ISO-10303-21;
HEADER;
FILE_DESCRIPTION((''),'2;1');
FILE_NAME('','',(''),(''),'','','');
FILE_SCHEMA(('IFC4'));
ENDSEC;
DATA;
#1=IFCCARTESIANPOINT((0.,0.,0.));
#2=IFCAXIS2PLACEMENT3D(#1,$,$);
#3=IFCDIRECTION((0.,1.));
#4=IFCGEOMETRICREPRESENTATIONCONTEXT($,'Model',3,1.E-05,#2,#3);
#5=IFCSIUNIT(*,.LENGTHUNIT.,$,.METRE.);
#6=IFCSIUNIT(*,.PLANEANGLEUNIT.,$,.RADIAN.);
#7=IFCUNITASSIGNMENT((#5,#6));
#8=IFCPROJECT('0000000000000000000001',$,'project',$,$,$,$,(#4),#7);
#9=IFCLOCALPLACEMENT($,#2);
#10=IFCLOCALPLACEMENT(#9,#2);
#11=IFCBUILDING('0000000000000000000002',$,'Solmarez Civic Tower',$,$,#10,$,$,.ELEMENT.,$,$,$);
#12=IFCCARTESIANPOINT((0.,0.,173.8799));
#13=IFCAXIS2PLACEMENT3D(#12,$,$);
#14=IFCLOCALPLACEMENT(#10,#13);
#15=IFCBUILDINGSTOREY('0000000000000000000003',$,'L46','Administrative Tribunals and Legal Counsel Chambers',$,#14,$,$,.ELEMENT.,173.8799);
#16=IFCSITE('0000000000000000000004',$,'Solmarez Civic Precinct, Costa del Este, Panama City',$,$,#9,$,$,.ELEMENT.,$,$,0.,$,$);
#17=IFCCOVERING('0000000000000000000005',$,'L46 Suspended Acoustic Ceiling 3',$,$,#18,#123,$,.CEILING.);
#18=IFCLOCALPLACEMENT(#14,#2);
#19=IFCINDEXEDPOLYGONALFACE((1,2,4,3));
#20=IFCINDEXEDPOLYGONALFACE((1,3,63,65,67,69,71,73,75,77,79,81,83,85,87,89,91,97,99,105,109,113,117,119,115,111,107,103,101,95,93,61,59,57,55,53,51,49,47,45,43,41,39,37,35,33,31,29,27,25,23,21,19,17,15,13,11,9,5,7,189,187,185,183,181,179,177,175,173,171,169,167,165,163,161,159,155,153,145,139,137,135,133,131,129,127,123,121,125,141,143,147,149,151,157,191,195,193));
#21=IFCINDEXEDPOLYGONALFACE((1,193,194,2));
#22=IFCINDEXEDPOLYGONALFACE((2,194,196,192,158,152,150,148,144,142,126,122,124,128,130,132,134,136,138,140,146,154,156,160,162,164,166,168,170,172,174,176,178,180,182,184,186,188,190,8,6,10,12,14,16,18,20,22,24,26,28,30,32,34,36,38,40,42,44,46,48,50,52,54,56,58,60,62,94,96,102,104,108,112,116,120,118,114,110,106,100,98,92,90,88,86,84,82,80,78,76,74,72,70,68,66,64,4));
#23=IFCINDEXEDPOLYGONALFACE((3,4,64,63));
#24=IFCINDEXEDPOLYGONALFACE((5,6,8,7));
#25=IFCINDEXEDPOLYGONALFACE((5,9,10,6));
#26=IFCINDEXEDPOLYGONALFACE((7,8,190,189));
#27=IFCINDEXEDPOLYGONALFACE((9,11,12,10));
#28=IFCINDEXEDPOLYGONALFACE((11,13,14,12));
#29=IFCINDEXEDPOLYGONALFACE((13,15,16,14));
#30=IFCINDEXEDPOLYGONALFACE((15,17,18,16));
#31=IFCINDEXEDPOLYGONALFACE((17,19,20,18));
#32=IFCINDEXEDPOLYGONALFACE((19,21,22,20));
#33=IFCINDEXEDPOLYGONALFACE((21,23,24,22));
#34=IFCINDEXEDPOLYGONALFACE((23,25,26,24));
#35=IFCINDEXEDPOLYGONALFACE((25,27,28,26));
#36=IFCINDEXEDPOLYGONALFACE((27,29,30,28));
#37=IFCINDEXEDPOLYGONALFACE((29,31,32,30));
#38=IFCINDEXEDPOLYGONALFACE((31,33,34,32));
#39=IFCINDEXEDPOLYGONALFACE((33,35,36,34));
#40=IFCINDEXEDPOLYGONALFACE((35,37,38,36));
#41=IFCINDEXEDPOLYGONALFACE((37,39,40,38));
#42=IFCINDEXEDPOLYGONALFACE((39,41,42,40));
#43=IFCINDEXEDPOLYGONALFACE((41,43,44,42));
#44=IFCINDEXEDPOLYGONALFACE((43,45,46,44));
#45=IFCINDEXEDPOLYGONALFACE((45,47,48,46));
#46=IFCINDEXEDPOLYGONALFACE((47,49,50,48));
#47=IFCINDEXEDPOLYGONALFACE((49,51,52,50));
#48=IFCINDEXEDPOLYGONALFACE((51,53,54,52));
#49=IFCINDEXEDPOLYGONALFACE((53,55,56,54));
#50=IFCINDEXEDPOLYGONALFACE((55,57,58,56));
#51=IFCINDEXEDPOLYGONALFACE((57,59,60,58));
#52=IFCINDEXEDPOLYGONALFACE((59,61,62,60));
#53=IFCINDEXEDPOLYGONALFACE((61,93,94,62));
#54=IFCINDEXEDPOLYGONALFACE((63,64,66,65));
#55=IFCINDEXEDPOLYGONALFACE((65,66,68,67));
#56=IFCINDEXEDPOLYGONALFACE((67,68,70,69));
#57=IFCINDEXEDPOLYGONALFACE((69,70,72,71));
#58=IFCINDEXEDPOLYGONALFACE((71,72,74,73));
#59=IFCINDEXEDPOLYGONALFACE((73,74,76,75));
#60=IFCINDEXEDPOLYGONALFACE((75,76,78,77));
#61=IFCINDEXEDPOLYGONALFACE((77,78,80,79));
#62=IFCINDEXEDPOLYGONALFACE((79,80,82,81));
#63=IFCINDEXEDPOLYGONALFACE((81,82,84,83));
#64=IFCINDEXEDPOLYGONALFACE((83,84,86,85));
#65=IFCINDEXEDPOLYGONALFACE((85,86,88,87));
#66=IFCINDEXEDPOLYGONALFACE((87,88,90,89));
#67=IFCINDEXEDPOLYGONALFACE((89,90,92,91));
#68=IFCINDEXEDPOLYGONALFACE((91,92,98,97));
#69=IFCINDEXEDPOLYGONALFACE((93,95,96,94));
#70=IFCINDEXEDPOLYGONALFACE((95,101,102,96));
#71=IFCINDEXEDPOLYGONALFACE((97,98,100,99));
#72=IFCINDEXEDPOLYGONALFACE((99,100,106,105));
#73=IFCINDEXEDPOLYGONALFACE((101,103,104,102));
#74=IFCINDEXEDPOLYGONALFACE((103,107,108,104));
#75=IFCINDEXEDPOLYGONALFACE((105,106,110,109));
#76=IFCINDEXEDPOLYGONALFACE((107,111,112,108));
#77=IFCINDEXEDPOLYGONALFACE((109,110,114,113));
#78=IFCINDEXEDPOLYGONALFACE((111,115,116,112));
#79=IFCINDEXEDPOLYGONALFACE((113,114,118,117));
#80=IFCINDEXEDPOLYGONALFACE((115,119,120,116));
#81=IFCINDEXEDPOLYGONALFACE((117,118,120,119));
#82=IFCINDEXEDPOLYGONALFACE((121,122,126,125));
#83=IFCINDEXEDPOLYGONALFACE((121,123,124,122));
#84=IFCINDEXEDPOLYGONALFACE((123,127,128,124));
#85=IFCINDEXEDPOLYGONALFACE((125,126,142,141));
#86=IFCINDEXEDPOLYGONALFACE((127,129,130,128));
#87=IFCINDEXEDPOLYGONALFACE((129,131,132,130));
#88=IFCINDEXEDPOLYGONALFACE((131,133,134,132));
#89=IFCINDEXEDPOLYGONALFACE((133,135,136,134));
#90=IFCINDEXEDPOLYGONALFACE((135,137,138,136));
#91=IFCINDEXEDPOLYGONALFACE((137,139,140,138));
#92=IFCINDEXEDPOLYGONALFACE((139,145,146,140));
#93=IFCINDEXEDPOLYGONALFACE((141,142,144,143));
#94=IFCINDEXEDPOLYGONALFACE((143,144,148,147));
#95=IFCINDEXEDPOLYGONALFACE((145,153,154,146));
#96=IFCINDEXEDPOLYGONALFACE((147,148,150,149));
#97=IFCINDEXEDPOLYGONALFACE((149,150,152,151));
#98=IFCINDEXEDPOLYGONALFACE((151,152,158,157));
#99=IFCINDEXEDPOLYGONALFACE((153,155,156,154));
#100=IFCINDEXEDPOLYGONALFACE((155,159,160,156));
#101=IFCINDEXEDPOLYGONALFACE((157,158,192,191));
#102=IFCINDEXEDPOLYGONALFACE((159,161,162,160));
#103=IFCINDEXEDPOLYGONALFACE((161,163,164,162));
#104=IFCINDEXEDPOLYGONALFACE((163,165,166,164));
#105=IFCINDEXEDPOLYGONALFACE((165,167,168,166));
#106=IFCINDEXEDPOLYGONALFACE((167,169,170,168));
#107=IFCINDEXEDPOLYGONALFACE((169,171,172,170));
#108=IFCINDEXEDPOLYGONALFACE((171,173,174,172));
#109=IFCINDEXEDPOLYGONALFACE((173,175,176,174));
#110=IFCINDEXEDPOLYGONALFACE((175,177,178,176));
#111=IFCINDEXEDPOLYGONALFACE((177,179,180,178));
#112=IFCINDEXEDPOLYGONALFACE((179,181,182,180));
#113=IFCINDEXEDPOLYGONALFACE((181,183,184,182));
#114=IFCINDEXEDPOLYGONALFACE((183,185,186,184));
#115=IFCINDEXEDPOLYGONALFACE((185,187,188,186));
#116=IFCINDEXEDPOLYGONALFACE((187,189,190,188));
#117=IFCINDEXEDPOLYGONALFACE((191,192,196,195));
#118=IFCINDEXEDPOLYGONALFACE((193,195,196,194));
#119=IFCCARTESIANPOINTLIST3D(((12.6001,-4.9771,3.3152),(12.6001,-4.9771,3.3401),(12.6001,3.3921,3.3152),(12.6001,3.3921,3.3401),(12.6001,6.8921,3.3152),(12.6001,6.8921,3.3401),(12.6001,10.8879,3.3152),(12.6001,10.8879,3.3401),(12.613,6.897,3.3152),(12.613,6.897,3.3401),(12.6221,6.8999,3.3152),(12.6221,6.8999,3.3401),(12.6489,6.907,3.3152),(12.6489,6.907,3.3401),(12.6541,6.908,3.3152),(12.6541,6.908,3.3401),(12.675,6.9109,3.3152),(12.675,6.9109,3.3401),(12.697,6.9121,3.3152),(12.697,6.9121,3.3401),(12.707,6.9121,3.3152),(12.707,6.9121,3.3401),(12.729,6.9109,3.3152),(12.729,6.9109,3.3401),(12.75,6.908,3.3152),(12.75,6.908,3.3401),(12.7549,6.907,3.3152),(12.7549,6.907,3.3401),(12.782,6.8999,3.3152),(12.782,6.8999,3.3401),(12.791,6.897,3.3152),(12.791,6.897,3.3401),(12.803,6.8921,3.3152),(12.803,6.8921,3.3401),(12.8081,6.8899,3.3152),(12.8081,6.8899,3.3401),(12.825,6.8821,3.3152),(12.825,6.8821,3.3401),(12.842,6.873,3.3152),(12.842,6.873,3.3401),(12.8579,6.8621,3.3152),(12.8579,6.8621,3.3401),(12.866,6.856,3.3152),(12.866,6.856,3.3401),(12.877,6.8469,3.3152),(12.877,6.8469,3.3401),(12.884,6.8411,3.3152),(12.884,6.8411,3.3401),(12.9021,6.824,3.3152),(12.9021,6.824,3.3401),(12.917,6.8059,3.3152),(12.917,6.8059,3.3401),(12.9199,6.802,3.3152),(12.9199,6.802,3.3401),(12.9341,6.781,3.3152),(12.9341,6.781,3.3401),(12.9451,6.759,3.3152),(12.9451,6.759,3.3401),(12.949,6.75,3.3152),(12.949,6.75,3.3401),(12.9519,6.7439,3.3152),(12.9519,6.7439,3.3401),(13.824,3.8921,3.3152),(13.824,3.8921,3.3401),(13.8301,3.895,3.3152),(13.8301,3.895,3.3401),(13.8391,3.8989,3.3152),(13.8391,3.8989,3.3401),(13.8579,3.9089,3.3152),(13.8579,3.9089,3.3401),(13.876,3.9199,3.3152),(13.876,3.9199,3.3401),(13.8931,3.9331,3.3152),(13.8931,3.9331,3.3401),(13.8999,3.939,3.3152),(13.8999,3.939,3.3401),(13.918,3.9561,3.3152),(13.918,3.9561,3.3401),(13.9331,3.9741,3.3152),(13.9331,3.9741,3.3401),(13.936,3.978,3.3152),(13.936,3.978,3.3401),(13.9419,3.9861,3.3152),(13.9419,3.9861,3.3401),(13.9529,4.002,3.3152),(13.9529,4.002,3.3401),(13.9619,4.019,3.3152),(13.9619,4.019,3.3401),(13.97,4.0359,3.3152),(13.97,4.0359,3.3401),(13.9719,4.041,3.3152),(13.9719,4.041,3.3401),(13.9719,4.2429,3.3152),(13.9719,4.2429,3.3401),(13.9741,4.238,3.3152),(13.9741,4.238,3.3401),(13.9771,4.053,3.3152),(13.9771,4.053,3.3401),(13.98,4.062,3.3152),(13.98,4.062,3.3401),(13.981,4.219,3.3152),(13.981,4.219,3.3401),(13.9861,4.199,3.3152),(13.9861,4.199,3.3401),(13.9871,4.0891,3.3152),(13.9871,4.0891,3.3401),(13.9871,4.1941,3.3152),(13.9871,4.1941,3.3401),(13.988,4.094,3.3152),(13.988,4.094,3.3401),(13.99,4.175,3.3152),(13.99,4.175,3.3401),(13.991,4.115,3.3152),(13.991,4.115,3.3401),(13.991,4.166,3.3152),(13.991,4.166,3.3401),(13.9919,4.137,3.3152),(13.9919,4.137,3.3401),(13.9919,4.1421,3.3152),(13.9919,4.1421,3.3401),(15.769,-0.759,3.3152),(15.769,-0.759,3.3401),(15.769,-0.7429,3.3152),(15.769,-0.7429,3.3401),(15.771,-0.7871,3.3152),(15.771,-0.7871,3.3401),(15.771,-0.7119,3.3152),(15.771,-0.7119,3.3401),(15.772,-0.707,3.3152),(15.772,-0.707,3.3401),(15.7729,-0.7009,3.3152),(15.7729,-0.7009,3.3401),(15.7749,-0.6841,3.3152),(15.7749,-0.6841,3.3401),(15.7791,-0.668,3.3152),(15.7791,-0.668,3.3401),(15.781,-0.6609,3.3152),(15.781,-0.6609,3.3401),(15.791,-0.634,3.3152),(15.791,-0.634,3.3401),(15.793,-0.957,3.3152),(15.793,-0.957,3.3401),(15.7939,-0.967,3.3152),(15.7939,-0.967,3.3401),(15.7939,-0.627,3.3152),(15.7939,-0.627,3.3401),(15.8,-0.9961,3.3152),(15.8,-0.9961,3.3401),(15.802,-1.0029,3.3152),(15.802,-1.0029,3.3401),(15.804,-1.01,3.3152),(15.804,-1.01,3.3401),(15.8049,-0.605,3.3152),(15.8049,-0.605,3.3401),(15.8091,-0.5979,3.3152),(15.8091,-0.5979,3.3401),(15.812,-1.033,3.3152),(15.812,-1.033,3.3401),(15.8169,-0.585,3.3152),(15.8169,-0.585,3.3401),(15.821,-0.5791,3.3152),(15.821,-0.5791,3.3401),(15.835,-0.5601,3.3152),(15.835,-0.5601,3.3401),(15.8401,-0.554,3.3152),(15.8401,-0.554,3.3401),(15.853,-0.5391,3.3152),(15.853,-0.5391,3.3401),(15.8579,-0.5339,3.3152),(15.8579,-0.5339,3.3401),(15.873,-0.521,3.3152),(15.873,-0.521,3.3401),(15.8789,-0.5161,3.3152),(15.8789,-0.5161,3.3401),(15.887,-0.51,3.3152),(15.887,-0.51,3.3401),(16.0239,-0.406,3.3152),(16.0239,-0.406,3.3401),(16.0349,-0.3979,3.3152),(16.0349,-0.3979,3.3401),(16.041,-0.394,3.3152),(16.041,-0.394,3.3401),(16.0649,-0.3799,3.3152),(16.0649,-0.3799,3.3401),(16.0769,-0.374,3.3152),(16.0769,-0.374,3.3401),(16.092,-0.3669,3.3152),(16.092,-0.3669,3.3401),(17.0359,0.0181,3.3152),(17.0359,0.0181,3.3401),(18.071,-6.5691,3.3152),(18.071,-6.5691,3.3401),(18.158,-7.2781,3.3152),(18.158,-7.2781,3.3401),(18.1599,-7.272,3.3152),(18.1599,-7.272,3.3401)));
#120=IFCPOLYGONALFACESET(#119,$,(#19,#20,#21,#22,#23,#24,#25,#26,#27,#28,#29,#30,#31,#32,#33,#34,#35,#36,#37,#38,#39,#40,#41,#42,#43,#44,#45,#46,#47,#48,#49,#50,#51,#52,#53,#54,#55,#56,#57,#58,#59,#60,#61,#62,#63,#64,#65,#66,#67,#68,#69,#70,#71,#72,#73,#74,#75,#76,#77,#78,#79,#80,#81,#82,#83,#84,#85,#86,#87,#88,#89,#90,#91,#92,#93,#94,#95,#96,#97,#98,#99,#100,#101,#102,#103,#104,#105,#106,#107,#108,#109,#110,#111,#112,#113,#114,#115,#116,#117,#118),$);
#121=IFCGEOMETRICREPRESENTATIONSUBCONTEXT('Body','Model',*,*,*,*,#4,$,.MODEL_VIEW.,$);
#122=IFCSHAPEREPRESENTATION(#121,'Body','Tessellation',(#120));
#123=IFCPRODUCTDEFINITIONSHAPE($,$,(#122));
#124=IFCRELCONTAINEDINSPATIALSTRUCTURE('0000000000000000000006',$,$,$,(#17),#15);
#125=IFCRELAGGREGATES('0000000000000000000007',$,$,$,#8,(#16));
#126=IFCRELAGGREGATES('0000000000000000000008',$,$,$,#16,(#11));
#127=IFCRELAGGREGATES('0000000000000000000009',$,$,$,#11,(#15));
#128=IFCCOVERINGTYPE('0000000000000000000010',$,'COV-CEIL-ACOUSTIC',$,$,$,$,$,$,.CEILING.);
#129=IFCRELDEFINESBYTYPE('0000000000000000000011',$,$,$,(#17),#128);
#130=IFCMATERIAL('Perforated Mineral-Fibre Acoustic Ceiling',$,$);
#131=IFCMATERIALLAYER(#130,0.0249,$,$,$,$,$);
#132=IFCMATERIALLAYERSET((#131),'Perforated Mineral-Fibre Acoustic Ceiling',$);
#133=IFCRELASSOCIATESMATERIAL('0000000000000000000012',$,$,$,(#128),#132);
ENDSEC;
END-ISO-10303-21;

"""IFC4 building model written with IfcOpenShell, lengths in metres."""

from ifc_helpers import new_model, si_unit, direction, frame, origin, place, context, subcontext, project, spatial, polyline, outline, extrude, material, layer, layer_set, type_object, element, save


model = new_model("IFC4")

# Units and contexts
model_context = context("Model", 3, precision=1e-05, world=origin(), true_north=direction((0.0, 1.0)))
body_context = subcontext(model_context, "Body", "Model", "MODEL_VIEW")
ifc_project = project(units=[si_unit("LENGTHUNIT", "METRE"), si_unit("PLANEANGLEUNIT", "RADIAN")], contexts=[model_context])

# Site, building, storey
site_placement = place(None, origin())
site = spatial("IfcSite", under=ifc_project, at=site_placement, Name="Solmarez Civic Precinct, Costa del Este, Panama City", CompositionType="ELEMENT", RefElevation=0.0)
building_placement = place(site_placement, origin())
building = spatial("IfcBuilding", under=site, at=building_placement, Name="Solmarez Civic Tower", CompositionType="ELEMENT")
storey_placement = place(building_placement, frame((0.0, 0.0, 173.8799)))
storey = spatial("IfcBuildingStorey", under=building, at=storey_placement, Name="L46", Description="Administrative Tribunals and Legal Counsel Chambers", CompositionType="ELEMENT", Elevation=173.8799)

# Covering
ifc_material_1 = material(Name="Perforated Mineral-Fibre Acoustic Ceiling")
ifc_layer_1 = layer(ifc_material_1, 0.0249)
ifc_layer_set_1 = layer_set([ifc_layer_1], Name="Perforated Mineral-Fibre Acoustic Ceiling")
covering_type_1 = type_object("IfcCoveringType", Name="COV-CEIL-ACOUSTIC", PredefinedType="CEILING", material=ifc_layer_set_1)
covering_1_placement = place(storey_placement, frame((0.0, 0.0, 3.3152)))
element("IfcCovering", 1, at=covering_1_placement, inside=storey, type_object=covering_type_1, Name="L46 Suspended Acoustic Ceiling 3", PredefinedType="CEILING", context=body_context, shape_type="SweptSolid", body=[
    extrude(outline(polyline([(12.6001, 10.8879), (12.6001, 6.8921), (12.613, 6.897), (12.6221, 6.8999), (12.6489, 6.907), (12.6541, 6.908), (12.675, 6.9109), (12.697, 6.9121), (12.707, 6.9121), (12.729, 6.9109), (12.75, 6.908), (12.7549, 6.907), (12.782, 6.8999), (12.791, 6.897), (12.803, 6.8921), (12.8081, 6.8899), (12.825, 6.8821), (12.842, 6.873), (12.8579, 6.8621), (12.866, 6.856), (12.877, 6.8469), (12.884, 6.8411), (12.9021, 6.824), (12.917, 6.8059), (12.9199, 6.802), (12.9341, 6.781), (12.9451, 6.759), (12.949, 6.75), (12.9519, 6.7439), (13.9719, 4.2429), (13.9741, 4.238), (13.981, 4.219), (13.9861, 4.199), (13.9871, 4.1941), (13.99, 4.175), (13.991, 4.166), (13.9919, 4.1421), (13.9919, 4.137), (13.991, 4.115), (13.988, 4.094), (13.9871, 4.0891), (13.98, 4.062), (13.9771, 4.053), (13.9719, 4.041), (13.97, 4.0359), (13.9619, 4.019), (13.9529, 4.002), (13.9419, 3.9861), (13.936, 3.978), (13.9331, 3.9741), (13.918, 3.9561), (13.8999, 3.939), (13.8931, 3.9331), (13.876, 3.9199), (13.8579, 3.9089), (13.8391, 3.8989), (13.8301, 3.895), (13.824, 3.8921), (12.6001, 3.3921), (12.6001, -4.9771), (18.158, -7.2781), (18.1599, -7.272), (18.071, -6.5691), (15.812, -1.033), (15.804, -1.01), (15.802, -1.0029), (15.8, -0.9961), (15.7939, -0.967), (15.793, -0.957), (15.771, -0.7871), (15.769, -0.759), (15.769, -0.7429), (15.771, -0.7119), (15.772, -0.707), (15.7729, -0.7009), (15.7749, -0.6841), (15.7791, -0.668), (15.781, -0.6609), (15.791, -0.634), (15.7939, -0.627), (15.8049, -0.605), (15.8091, -0.5979), (15.8169, -0.585), (15.821, -0.5791), (15.835, -0.5601), (15.8401, -0.554), (15.853, -0.5391), (15.8579, -0.5339), (15.873, -0.521), (15.8789, -0.5161), (15.887, -0.51), (16.0239, -0.406), (16.0349, -0.3979), (16.041, -0.394), (16.0649, -0.3799), (16.0769, -0.374), (16.092, -0.3669), (17.0359, 0.0181), (12.6001, 10.8879)])), origin(), (0.0, 0.0, 1.0), 0.0249),
])

save(model, "model.ifc")
